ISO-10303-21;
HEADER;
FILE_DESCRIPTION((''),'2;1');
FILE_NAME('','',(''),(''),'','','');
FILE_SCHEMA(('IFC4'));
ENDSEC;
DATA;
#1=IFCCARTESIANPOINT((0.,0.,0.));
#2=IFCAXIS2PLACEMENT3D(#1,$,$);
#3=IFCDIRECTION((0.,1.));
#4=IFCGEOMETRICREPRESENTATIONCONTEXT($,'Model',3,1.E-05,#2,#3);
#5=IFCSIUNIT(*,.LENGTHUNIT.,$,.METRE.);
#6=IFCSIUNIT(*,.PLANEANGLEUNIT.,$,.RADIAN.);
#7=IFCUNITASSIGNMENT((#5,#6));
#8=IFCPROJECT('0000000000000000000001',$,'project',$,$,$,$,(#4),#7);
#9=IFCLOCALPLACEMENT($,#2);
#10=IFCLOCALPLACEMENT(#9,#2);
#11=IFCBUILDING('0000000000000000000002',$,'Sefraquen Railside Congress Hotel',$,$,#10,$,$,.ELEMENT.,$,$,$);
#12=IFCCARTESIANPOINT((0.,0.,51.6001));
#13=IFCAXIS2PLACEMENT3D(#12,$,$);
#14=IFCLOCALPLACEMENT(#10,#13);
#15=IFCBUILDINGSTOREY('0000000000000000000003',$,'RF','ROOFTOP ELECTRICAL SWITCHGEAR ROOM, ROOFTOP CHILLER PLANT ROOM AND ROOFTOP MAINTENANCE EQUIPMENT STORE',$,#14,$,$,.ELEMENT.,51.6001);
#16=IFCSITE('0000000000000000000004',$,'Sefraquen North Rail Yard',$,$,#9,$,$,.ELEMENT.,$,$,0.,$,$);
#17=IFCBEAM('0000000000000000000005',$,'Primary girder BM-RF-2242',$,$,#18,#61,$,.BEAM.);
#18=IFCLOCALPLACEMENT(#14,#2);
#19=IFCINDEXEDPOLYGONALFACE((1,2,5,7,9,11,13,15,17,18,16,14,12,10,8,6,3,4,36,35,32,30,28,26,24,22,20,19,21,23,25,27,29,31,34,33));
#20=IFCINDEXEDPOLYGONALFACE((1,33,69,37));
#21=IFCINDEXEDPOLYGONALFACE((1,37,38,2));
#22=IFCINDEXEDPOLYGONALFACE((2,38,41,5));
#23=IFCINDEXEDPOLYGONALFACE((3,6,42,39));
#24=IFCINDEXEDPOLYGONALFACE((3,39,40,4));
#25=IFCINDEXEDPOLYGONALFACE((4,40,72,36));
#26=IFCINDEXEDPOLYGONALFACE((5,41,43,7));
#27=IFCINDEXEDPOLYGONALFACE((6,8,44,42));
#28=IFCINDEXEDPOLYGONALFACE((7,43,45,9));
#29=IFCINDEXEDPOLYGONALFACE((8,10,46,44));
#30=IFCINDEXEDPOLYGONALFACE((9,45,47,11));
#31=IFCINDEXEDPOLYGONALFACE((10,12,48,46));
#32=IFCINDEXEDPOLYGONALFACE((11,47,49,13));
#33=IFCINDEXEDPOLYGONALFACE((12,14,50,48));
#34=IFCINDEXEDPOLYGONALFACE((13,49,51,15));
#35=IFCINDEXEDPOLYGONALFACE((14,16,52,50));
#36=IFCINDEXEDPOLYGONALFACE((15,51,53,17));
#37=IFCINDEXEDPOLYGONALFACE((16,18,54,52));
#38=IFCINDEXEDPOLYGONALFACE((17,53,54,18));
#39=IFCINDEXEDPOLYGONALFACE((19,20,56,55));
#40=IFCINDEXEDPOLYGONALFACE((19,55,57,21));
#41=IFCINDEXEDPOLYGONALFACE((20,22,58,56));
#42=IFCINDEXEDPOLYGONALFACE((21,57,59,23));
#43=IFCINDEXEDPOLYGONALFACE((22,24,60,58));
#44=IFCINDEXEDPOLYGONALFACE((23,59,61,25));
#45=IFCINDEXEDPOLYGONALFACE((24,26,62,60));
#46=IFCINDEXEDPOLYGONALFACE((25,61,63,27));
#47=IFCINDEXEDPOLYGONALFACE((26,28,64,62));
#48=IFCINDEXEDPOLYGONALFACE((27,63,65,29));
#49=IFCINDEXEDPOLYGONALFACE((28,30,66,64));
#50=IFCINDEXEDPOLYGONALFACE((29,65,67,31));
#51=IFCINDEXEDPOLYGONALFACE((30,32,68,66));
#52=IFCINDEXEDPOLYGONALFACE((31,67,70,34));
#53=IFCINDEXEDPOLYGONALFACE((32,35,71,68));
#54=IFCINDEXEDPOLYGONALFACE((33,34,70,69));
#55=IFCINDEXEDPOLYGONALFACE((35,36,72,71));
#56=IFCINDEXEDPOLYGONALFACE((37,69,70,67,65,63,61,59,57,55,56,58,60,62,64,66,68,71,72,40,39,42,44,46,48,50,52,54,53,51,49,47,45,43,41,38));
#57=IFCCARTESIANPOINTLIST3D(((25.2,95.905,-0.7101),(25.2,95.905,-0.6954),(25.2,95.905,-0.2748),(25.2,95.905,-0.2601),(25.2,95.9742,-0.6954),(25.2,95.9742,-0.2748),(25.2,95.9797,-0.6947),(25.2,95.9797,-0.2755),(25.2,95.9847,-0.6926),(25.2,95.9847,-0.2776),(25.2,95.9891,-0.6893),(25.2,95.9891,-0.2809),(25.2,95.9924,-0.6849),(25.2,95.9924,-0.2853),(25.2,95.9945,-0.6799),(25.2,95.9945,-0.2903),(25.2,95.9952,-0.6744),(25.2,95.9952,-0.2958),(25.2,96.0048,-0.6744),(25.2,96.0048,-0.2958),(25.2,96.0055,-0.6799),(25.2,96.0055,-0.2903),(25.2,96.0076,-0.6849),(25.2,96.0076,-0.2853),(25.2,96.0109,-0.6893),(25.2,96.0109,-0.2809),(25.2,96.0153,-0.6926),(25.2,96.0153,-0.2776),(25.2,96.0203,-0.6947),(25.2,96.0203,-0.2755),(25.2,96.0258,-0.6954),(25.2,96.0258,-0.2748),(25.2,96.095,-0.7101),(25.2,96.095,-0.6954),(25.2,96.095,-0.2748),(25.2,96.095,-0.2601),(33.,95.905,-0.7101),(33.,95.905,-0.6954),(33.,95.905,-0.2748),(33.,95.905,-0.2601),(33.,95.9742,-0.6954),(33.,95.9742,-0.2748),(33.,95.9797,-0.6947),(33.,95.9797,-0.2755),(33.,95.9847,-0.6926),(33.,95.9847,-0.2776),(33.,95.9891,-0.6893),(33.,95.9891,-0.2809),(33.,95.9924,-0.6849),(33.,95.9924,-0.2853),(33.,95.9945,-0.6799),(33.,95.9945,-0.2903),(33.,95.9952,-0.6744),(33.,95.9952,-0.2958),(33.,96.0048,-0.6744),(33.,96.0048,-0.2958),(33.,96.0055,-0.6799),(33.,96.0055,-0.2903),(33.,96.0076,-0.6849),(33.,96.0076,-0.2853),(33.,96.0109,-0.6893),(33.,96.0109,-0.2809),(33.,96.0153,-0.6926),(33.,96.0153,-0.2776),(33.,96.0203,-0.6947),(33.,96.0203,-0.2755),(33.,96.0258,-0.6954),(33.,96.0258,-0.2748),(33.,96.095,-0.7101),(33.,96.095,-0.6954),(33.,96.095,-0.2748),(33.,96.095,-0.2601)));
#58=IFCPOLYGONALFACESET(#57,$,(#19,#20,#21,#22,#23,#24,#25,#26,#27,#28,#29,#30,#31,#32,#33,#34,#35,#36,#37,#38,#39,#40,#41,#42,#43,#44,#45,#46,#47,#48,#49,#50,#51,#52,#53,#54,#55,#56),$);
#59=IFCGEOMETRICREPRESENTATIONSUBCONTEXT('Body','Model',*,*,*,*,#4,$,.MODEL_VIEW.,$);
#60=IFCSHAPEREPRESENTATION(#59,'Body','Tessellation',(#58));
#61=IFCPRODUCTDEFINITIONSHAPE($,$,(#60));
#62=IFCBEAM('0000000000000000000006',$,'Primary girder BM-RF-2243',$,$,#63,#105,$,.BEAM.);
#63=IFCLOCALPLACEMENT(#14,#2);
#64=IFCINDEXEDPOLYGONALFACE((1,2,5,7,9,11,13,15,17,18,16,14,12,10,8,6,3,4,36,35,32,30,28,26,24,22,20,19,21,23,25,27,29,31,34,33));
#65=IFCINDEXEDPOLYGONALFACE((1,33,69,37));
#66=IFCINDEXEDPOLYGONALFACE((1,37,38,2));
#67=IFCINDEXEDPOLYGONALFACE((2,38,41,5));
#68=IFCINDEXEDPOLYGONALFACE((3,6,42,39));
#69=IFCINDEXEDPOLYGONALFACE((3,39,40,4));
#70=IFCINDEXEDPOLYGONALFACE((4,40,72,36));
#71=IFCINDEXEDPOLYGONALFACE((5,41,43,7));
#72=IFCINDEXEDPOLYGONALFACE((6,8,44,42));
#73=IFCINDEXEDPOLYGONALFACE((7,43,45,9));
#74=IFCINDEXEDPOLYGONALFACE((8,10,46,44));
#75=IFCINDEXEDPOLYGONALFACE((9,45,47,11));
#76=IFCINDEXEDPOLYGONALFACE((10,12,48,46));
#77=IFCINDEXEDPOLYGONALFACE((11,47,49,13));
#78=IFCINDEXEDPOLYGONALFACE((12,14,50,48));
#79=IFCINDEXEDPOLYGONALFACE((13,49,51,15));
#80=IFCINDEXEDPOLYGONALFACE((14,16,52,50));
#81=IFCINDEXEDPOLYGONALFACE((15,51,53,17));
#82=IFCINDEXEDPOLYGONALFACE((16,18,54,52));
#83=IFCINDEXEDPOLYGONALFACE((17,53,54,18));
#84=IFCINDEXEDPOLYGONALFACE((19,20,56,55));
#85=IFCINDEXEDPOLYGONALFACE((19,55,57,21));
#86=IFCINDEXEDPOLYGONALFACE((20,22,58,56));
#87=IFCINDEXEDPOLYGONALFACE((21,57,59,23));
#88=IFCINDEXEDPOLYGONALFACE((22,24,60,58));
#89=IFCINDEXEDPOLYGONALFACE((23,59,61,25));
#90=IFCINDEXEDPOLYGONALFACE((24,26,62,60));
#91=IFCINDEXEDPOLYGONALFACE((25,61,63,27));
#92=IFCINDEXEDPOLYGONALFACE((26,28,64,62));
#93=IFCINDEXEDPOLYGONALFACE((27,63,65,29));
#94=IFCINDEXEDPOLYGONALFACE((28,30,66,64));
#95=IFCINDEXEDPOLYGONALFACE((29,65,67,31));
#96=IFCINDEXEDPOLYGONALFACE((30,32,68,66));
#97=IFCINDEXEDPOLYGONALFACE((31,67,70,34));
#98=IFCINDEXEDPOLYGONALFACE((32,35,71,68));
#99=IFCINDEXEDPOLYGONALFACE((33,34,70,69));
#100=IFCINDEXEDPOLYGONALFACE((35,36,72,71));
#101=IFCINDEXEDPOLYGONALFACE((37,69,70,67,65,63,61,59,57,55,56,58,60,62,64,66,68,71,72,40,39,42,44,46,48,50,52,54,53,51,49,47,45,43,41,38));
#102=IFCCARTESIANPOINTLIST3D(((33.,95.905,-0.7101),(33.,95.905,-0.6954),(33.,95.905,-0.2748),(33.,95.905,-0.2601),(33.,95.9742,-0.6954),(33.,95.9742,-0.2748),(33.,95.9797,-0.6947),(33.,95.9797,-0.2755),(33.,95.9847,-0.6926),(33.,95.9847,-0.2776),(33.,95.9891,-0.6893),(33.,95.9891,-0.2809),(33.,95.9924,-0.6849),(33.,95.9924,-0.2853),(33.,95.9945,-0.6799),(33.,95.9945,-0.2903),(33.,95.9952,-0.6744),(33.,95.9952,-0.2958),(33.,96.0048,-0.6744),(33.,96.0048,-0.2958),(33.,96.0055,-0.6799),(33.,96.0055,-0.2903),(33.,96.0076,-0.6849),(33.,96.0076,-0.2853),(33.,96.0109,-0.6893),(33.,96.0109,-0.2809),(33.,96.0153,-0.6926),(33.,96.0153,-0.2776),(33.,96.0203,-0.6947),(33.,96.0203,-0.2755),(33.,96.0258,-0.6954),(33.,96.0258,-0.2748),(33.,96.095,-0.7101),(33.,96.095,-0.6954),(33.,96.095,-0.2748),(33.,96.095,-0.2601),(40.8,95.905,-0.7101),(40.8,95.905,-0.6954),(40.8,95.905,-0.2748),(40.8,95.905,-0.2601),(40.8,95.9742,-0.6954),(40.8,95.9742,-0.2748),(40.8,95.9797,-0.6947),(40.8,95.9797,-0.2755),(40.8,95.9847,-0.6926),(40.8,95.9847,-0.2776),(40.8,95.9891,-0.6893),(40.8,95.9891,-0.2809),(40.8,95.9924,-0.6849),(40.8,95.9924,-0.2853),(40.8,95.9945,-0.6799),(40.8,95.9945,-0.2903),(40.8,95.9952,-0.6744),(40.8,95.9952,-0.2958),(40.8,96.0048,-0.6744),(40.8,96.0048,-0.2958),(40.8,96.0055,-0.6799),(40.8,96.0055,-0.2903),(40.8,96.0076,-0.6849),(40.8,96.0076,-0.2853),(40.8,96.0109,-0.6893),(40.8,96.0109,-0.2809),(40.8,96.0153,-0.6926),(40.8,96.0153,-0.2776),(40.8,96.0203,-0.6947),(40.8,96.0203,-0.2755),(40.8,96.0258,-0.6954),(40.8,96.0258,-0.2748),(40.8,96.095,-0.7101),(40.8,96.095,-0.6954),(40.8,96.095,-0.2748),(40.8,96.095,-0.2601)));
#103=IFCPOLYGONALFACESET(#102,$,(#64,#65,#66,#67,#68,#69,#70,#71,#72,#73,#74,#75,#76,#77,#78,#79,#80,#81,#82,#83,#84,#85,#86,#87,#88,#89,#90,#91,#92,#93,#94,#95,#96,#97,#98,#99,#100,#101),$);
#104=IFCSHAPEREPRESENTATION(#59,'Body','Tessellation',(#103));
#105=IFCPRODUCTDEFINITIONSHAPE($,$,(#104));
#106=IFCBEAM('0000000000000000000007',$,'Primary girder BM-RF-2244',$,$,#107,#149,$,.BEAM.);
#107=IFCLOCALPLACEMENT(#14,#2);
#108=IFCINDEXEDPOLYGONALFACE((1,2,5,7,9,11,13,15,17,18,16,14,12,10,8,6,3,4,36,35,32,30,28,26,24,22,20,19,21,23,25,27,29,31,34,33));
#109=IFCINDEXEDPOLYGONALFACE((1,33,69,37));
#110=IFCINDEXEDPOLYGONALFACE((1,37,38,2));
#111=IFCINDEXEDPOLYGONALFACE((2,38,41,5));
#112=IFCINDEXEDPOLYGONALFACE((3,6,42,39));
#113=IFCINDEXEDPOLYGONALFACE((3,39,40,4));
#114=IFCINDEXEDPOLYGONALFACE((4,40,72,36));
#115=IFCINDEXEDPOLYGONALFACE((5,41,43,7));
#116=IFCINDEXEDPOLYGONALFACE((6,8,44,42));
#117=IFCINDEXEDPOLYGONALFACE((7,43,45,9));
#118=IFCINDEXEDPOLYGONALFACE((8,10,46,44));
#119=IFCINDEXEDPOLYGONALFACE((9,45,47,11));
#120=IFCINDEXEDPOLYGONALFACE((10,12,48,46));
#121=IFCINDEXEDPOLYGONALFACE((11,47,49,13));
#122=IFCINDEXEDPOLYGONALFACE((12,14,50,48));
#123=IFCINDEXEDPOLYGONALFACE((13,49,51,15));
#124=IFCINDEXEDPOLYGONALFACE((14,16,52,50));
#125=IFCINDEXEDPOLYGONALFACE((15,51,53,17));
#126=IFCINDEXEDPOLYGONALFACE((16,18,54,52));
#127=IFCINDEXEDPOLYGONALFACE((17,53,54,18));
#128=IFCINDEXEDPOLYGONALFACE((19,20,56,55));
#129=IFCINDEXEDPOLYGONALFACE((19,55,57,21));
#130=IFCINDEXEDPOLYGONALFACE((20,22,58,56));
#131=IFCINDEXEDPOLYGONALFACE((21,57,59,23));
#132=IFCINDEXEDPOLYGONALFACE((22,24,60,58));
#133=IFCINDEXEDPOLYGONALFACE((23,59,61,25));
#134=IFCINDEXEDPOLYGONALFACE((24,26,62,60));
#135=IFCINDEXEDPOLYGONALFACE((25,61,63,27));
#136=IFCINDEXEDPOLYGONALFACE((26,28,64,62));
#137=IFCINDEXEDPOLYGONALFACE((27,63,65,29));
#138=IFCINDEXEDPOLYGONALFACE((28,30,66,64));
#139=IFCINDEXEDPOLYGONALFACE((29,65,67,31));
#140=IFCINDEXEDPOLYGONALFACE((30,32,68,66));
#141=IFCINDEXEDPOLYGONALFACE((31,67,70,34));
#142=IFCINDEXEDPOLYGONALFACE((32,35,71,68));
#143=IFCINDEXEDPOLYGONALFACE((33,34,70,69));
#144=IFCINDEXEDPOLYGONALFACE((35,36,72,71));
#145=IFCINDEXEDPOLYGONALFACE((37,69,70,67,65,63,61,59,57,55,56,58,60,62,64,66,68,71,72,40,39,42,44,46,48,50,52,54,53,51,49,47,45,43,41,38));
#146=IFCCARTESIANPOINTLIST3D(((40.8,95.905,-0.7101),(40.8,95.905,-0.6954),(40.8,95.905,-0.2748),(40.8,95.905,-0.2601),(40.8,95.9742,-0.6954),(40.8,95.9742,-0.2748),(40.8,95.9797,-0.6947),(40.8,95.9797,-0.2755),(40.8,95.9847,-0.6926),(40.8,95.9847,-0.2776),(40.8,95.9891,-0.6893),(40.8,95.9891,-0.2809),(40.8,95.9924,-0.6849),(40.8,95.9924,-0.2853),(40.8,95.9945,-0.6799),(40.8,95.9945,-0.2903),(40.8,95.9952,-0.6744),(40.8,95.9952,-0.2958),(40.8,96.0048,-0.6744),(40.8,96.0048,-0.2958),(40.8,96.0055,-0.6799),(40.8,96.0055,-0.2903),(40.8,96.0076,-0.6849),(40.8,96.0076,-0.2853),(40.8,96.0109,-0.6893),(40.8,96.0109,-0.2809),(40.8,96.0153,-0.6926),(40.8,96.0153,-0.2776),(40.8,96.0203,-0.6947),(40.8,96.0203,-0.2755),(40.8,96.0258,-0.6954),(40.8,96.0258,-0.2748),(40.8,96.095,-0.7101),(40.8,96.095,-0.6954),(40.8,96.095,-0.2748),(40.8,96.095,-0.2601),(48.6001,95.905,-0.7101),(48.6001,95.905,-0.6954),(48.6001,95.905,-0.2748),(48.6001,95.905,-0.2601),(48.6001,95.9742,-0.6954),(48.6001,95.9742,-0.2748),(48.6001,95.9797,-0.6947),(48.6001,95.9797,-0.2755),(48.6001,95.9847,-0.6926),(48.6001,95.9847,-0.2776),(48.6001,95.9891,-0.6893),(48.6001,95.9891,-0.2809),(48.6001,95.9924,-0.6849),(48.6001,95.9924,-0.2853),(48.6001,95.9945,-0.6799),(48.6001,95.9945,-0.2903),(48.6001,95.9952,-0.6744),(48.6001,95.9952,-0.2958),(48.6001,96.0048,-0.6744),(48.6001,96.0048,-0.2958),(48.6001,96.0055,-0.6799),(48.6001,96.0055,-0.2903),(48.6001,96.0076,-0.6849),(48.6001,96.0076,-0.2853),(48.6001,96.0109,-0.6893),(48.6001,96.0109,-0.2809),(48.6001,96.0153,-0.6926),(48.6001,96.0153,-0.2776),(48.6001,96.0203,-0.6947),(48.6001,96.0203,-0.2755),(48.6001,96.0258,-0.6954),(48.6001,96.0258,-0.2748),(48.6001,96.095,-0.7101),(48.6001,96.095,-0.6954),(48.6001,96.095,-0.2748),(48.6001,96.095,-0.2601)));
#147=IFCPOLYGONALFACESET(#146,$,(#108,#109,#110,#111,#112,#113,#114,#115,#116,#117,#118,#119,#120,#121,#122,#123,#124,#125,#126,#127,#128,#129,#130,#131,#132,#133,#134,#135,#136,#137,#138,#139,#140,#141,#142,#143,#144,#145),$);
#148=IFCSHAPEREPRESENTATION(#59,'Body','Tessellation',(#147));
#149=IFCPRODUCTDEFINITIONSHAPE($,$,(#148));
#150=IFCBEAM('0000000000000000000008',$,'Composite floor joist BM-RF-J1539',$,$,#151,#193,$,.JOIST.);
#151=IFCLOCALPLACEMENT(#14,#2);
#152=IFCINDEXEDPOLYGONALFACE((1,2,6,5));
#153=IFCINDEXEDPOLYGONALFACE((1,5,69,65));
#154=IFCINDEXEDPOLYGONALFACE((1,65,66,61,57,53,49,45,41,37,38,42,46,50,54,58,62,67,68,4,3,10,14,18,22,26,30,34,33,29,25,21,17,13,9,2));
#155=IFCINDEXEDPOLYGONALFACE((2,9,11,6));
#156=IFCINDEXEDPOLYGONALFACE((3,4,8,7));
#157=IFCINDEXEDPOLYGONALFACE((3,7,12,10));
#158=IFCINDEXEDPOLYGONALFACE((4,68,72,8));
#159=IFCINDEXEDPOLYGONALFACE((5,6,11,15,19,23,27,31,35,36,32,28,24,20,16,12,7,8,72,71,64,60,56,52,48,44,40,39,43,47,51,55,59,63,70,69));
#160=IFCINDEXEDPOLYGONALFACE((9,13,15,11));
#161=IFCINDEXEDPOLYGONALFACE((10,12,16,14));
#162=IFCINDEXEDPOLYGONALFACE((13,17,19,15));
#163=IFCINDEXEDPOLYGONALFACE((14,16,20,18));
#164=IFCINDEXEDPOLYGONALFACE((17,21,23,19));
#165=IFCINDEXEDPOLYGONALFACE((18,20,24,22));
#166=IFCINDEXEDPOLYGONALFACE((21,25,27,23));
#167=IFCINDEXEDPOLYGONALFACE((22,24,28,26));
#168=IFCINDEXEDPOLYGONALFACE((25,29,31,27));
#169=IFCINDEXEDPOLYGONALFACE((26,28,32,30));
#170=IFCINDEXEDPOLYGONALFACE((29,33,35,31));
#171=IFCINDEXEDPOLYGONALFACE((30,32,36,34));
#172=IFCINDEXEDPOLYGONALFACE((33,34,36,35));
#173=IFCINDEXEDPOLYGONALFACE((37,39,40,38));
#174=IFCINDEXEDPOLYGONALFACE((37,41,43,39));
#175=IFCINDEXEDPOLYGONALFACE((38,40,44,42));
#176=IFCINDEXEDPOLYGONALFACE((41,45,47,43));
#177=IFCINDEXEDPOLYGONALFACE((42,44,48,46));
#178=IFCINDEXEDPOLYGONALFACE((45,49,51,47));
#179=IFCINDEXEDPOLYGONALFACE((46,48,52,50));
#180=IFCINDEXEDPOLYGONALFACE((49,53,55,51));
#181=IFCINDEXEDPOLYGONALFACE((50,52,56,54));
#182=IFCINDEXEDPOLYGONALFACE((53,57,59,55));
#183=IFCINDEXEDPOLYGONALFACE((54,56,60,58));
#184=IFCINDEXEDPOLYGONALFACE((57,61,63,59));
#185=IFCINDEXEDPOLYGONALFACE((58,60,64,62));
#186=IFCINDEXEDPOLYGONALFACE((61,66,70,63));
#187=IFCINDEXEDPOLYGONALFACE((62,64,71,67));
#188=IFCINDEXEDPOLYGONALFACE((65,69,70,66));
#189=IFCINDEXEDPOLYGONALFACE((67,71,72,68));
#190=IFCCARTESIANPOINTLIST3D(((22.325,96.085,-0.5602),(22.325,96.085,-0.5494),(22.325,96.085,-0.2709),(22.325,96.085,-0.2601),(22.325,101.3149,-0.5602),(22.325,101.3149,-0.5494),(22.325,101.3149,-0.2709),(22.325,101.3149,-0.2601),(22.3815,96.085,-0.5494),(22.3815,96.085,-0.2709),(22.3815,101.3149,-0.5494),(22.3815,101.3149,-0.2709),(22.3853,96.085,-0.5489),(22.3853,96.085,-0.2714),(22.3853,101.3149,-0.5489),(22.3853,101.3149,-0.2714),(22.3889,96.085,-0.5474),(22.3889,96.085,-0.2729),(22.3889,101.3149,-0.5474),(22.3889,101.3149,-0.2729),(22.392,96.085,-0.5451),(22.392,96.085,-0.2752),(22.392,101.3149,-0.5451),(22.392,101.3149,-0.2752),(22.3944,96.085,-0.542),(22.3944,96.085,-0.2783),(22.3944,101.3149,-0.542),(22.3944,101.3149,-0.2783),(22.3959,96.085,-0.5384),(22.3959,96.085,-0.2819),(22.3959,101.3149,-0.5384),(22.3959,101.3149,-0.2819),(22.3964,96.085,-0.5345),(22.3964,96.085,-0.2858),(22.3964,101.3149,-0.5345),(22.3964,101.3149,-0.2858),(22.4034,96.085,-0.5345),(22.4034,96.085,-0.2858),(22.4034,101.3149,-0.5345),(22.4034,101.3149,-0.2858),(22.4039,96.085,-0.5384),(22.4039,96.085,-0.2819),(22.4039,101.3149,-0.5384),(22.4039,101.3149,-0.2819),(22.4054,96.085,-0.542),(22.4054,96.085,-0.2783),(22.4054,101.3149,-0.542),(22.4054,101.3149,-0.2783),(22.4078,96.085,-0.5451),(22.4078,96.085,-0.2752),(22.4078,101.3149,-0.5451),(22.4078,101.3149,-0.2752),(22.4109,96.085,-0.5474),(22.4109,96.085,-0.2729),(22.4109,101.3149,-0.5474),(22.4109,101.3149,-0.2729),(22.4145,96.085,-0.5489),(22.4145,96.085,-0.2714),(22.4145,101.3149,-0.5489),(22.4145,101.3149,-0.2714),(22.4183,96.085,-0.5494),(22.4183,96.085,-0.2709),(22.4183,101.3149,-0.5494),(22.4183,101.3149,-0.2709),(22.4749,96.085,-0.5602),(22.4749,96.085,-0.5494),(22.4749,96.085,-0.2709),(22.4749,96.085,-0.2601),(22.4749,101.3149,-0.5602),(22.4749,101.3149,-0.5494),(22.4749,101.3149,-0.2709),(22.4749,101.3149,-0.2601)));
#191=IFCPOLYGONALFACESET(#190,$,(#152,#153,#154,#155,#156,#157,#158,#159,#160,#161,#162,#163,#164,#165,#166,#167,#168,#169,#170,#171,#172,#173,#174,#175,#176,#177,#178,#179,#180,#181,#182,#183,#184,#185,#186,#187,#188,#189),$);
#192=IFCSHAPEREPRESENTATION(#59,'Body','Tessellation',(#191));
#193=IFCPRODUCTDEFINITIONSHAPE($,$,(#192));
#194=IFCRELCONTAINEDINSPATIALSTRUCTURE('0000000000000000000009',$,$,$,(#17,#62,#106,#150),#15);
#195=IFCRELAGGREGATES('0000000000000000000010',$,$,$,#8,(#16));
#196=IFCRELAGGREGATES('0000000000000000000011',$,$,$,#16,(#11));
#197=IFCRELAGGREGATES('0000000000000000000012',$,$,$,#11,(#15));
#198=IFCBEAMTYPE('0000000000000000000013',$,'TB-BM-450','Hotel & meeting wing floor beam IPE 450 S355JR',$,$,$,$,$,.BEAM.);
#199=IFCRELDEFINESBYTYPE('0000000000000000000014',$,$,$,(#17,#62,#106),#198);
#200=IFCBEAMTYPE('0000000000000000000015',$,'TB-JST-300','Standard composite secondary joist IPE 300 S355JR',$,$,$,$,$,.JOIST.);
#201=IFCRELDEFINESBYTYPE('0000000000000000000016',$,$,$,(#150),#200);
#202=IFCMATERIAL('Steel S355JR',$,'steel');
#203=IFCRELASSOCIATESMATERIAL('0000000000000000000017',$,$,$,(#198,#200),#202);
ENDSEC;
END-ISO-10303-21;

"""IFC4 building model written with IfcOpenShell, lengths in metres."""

from ifc_helpers import new_model, si_unit, direction, frame, origin, origin_2d, place, context, subcontext, project, spatial, i_section, extrude, material, material_profile, profile_set, type_object, element, save


model = new_model("IFC4")

# Units and contexts
model_context = context("Model", 3, precision=1e-05, world=origin(), true_north=direction((0.0, 1.0)))
body_context = subcontext(model_context, "Body", "Model", "MODEL_VIEW")
ifc_project = project(units=[si_unit("LENGTHUNIT", "METRE"), si_unit("PLANEANGLEUNIT", "RADIAN")], contexts=[model_context])

# Site, building, storey
site_placement = place(None, origin())
site = spatial("IfcSite", under=ifc_project, at=site_placement, Name="Sefraquen North Rail Yard", CompositionType="ELEMENT", RefElevation=0.0)
building_placement = place(site_placement, origin())
building = spatial("IfcBuilding", under=site, at=building_placement, Name="Sefraquen Railside Congress Hotel", CompositionType="ELEMENT")
storey_placement = place(building_placement, frame((0.0, 0.0, 51.6001)))
storey = spatial("IfcBuildingStorey", under=building, at=storey_placement, Name="RF", Description="ROOFTOP ELECTRICAL SWITCHGEAR ROOM, ROOFTOP CHILLER PLANT ROOM AND ROOFTOP MAINTENANCE EQUIPMENT STORE", CompositionType="ELEMENT", Elevation=51.6001)

# Beams
ifc_material_1 = material(Name="Steel S355JR", Category="steel")
ifc_material_profile_1 = material_profile(ifc_material_1, i_section(OverallWidth=0.1899, OverallDepth=0.45, WebThickness=0.0095, FlangeThickness=0.0146, FilletRadius=0.021, at=origin_2d()), Name="IPE 450")
ifc_profile_set_1 = profile_set([ifc_material_profile_1], Name="Steel S355JR")
beam_type_1 = type_object("IfcBeamType", Name="TB-BM-450", Description="Hotel & meeting wing floor beam IPE 450 S355JR", PredefinedType="BEAM", material=ifc_profile_set_1)
for number, where, z_axis, x_axis, name in (
    (1, (25.2, 96.0, -0.4851), (1.0, 0.0, 0.0), (0.0, 1.0, 0.0), "Primary girder BM-RF-2242"),
    (2, (33.0, 96.0, -0.4851), (1.0, 0.0, 0.0), (0.0, 1.0, 0.0), "Primary girder BM-RF-2243"),
    (3, (40.8, 96.0, -0.4851), (1.0, 0.0, 0.0), (0.0, 1.0, 0.0), "Primary girder BM-RF-2244"),
):
    element("IfcBeam", number, at=place(storey_placement, frame(where, z_axis=z_axis, x_axis=x_axis)), inside=storey, type_object=beam_type_1, Name=name, PredefinedType="BEAM", context=body_context, shape_type="SweptSolid", body=[
        extrude(i_section(OverallWidth=0.1899, OverallDepth=0.45, WebThickness=0.0095, FlangeThickness=0.0146, FilletRadius=0.021, at=origin_2d()), origin(), (0.0, 0.0, 1.0), 7.8),
    ])
ifc_material_profile_2 = material_profile(ifc_material_1, i_section(OverallWidth=0.1499, OverallDepth=0.3, WebThickness=0.0071, FlangeThickness=0.0107, FilletRadius=0.0149, at=origin_2d()), Name="IPE 300")
ifc_profile_set_2 = profile_set([ifc_material_profile_2], Name="Steel S355JR")
beam_type_2 = type_object("IfcBeamType", Name="TB-JST-300", Description="Standard composite secondary joist IPE 300 S355JR", PredefinedType="JOIST", material=ifc_profile_set_2)
beam_1_placement = place(storey_placement, frame((22.3999, 96.085, -0.4102), z_axis=(0.0, 1.0, 0.0), x_axis=(-1.0, 0.0, 0.0)))
element("IfcBeam", 4, at=beam_1_placement, inside=storey, type_object=beam_type_2, Name="Composite floor joist BM-RF-J1539", PredefinedType="JOIST", context=body_context, shape_type="SweptSolid", body=[
    extrude(i_section(OverallWidth=0.1499, OverallDepth=0.3, WebThickness=0.0071, FlangeThickness=0.0107, FilletRadius=0.0149, at=origin_2d()), origin(), (0.0, 0.0, 1.0), 5.23),
])

save(model, "model.ifc")
